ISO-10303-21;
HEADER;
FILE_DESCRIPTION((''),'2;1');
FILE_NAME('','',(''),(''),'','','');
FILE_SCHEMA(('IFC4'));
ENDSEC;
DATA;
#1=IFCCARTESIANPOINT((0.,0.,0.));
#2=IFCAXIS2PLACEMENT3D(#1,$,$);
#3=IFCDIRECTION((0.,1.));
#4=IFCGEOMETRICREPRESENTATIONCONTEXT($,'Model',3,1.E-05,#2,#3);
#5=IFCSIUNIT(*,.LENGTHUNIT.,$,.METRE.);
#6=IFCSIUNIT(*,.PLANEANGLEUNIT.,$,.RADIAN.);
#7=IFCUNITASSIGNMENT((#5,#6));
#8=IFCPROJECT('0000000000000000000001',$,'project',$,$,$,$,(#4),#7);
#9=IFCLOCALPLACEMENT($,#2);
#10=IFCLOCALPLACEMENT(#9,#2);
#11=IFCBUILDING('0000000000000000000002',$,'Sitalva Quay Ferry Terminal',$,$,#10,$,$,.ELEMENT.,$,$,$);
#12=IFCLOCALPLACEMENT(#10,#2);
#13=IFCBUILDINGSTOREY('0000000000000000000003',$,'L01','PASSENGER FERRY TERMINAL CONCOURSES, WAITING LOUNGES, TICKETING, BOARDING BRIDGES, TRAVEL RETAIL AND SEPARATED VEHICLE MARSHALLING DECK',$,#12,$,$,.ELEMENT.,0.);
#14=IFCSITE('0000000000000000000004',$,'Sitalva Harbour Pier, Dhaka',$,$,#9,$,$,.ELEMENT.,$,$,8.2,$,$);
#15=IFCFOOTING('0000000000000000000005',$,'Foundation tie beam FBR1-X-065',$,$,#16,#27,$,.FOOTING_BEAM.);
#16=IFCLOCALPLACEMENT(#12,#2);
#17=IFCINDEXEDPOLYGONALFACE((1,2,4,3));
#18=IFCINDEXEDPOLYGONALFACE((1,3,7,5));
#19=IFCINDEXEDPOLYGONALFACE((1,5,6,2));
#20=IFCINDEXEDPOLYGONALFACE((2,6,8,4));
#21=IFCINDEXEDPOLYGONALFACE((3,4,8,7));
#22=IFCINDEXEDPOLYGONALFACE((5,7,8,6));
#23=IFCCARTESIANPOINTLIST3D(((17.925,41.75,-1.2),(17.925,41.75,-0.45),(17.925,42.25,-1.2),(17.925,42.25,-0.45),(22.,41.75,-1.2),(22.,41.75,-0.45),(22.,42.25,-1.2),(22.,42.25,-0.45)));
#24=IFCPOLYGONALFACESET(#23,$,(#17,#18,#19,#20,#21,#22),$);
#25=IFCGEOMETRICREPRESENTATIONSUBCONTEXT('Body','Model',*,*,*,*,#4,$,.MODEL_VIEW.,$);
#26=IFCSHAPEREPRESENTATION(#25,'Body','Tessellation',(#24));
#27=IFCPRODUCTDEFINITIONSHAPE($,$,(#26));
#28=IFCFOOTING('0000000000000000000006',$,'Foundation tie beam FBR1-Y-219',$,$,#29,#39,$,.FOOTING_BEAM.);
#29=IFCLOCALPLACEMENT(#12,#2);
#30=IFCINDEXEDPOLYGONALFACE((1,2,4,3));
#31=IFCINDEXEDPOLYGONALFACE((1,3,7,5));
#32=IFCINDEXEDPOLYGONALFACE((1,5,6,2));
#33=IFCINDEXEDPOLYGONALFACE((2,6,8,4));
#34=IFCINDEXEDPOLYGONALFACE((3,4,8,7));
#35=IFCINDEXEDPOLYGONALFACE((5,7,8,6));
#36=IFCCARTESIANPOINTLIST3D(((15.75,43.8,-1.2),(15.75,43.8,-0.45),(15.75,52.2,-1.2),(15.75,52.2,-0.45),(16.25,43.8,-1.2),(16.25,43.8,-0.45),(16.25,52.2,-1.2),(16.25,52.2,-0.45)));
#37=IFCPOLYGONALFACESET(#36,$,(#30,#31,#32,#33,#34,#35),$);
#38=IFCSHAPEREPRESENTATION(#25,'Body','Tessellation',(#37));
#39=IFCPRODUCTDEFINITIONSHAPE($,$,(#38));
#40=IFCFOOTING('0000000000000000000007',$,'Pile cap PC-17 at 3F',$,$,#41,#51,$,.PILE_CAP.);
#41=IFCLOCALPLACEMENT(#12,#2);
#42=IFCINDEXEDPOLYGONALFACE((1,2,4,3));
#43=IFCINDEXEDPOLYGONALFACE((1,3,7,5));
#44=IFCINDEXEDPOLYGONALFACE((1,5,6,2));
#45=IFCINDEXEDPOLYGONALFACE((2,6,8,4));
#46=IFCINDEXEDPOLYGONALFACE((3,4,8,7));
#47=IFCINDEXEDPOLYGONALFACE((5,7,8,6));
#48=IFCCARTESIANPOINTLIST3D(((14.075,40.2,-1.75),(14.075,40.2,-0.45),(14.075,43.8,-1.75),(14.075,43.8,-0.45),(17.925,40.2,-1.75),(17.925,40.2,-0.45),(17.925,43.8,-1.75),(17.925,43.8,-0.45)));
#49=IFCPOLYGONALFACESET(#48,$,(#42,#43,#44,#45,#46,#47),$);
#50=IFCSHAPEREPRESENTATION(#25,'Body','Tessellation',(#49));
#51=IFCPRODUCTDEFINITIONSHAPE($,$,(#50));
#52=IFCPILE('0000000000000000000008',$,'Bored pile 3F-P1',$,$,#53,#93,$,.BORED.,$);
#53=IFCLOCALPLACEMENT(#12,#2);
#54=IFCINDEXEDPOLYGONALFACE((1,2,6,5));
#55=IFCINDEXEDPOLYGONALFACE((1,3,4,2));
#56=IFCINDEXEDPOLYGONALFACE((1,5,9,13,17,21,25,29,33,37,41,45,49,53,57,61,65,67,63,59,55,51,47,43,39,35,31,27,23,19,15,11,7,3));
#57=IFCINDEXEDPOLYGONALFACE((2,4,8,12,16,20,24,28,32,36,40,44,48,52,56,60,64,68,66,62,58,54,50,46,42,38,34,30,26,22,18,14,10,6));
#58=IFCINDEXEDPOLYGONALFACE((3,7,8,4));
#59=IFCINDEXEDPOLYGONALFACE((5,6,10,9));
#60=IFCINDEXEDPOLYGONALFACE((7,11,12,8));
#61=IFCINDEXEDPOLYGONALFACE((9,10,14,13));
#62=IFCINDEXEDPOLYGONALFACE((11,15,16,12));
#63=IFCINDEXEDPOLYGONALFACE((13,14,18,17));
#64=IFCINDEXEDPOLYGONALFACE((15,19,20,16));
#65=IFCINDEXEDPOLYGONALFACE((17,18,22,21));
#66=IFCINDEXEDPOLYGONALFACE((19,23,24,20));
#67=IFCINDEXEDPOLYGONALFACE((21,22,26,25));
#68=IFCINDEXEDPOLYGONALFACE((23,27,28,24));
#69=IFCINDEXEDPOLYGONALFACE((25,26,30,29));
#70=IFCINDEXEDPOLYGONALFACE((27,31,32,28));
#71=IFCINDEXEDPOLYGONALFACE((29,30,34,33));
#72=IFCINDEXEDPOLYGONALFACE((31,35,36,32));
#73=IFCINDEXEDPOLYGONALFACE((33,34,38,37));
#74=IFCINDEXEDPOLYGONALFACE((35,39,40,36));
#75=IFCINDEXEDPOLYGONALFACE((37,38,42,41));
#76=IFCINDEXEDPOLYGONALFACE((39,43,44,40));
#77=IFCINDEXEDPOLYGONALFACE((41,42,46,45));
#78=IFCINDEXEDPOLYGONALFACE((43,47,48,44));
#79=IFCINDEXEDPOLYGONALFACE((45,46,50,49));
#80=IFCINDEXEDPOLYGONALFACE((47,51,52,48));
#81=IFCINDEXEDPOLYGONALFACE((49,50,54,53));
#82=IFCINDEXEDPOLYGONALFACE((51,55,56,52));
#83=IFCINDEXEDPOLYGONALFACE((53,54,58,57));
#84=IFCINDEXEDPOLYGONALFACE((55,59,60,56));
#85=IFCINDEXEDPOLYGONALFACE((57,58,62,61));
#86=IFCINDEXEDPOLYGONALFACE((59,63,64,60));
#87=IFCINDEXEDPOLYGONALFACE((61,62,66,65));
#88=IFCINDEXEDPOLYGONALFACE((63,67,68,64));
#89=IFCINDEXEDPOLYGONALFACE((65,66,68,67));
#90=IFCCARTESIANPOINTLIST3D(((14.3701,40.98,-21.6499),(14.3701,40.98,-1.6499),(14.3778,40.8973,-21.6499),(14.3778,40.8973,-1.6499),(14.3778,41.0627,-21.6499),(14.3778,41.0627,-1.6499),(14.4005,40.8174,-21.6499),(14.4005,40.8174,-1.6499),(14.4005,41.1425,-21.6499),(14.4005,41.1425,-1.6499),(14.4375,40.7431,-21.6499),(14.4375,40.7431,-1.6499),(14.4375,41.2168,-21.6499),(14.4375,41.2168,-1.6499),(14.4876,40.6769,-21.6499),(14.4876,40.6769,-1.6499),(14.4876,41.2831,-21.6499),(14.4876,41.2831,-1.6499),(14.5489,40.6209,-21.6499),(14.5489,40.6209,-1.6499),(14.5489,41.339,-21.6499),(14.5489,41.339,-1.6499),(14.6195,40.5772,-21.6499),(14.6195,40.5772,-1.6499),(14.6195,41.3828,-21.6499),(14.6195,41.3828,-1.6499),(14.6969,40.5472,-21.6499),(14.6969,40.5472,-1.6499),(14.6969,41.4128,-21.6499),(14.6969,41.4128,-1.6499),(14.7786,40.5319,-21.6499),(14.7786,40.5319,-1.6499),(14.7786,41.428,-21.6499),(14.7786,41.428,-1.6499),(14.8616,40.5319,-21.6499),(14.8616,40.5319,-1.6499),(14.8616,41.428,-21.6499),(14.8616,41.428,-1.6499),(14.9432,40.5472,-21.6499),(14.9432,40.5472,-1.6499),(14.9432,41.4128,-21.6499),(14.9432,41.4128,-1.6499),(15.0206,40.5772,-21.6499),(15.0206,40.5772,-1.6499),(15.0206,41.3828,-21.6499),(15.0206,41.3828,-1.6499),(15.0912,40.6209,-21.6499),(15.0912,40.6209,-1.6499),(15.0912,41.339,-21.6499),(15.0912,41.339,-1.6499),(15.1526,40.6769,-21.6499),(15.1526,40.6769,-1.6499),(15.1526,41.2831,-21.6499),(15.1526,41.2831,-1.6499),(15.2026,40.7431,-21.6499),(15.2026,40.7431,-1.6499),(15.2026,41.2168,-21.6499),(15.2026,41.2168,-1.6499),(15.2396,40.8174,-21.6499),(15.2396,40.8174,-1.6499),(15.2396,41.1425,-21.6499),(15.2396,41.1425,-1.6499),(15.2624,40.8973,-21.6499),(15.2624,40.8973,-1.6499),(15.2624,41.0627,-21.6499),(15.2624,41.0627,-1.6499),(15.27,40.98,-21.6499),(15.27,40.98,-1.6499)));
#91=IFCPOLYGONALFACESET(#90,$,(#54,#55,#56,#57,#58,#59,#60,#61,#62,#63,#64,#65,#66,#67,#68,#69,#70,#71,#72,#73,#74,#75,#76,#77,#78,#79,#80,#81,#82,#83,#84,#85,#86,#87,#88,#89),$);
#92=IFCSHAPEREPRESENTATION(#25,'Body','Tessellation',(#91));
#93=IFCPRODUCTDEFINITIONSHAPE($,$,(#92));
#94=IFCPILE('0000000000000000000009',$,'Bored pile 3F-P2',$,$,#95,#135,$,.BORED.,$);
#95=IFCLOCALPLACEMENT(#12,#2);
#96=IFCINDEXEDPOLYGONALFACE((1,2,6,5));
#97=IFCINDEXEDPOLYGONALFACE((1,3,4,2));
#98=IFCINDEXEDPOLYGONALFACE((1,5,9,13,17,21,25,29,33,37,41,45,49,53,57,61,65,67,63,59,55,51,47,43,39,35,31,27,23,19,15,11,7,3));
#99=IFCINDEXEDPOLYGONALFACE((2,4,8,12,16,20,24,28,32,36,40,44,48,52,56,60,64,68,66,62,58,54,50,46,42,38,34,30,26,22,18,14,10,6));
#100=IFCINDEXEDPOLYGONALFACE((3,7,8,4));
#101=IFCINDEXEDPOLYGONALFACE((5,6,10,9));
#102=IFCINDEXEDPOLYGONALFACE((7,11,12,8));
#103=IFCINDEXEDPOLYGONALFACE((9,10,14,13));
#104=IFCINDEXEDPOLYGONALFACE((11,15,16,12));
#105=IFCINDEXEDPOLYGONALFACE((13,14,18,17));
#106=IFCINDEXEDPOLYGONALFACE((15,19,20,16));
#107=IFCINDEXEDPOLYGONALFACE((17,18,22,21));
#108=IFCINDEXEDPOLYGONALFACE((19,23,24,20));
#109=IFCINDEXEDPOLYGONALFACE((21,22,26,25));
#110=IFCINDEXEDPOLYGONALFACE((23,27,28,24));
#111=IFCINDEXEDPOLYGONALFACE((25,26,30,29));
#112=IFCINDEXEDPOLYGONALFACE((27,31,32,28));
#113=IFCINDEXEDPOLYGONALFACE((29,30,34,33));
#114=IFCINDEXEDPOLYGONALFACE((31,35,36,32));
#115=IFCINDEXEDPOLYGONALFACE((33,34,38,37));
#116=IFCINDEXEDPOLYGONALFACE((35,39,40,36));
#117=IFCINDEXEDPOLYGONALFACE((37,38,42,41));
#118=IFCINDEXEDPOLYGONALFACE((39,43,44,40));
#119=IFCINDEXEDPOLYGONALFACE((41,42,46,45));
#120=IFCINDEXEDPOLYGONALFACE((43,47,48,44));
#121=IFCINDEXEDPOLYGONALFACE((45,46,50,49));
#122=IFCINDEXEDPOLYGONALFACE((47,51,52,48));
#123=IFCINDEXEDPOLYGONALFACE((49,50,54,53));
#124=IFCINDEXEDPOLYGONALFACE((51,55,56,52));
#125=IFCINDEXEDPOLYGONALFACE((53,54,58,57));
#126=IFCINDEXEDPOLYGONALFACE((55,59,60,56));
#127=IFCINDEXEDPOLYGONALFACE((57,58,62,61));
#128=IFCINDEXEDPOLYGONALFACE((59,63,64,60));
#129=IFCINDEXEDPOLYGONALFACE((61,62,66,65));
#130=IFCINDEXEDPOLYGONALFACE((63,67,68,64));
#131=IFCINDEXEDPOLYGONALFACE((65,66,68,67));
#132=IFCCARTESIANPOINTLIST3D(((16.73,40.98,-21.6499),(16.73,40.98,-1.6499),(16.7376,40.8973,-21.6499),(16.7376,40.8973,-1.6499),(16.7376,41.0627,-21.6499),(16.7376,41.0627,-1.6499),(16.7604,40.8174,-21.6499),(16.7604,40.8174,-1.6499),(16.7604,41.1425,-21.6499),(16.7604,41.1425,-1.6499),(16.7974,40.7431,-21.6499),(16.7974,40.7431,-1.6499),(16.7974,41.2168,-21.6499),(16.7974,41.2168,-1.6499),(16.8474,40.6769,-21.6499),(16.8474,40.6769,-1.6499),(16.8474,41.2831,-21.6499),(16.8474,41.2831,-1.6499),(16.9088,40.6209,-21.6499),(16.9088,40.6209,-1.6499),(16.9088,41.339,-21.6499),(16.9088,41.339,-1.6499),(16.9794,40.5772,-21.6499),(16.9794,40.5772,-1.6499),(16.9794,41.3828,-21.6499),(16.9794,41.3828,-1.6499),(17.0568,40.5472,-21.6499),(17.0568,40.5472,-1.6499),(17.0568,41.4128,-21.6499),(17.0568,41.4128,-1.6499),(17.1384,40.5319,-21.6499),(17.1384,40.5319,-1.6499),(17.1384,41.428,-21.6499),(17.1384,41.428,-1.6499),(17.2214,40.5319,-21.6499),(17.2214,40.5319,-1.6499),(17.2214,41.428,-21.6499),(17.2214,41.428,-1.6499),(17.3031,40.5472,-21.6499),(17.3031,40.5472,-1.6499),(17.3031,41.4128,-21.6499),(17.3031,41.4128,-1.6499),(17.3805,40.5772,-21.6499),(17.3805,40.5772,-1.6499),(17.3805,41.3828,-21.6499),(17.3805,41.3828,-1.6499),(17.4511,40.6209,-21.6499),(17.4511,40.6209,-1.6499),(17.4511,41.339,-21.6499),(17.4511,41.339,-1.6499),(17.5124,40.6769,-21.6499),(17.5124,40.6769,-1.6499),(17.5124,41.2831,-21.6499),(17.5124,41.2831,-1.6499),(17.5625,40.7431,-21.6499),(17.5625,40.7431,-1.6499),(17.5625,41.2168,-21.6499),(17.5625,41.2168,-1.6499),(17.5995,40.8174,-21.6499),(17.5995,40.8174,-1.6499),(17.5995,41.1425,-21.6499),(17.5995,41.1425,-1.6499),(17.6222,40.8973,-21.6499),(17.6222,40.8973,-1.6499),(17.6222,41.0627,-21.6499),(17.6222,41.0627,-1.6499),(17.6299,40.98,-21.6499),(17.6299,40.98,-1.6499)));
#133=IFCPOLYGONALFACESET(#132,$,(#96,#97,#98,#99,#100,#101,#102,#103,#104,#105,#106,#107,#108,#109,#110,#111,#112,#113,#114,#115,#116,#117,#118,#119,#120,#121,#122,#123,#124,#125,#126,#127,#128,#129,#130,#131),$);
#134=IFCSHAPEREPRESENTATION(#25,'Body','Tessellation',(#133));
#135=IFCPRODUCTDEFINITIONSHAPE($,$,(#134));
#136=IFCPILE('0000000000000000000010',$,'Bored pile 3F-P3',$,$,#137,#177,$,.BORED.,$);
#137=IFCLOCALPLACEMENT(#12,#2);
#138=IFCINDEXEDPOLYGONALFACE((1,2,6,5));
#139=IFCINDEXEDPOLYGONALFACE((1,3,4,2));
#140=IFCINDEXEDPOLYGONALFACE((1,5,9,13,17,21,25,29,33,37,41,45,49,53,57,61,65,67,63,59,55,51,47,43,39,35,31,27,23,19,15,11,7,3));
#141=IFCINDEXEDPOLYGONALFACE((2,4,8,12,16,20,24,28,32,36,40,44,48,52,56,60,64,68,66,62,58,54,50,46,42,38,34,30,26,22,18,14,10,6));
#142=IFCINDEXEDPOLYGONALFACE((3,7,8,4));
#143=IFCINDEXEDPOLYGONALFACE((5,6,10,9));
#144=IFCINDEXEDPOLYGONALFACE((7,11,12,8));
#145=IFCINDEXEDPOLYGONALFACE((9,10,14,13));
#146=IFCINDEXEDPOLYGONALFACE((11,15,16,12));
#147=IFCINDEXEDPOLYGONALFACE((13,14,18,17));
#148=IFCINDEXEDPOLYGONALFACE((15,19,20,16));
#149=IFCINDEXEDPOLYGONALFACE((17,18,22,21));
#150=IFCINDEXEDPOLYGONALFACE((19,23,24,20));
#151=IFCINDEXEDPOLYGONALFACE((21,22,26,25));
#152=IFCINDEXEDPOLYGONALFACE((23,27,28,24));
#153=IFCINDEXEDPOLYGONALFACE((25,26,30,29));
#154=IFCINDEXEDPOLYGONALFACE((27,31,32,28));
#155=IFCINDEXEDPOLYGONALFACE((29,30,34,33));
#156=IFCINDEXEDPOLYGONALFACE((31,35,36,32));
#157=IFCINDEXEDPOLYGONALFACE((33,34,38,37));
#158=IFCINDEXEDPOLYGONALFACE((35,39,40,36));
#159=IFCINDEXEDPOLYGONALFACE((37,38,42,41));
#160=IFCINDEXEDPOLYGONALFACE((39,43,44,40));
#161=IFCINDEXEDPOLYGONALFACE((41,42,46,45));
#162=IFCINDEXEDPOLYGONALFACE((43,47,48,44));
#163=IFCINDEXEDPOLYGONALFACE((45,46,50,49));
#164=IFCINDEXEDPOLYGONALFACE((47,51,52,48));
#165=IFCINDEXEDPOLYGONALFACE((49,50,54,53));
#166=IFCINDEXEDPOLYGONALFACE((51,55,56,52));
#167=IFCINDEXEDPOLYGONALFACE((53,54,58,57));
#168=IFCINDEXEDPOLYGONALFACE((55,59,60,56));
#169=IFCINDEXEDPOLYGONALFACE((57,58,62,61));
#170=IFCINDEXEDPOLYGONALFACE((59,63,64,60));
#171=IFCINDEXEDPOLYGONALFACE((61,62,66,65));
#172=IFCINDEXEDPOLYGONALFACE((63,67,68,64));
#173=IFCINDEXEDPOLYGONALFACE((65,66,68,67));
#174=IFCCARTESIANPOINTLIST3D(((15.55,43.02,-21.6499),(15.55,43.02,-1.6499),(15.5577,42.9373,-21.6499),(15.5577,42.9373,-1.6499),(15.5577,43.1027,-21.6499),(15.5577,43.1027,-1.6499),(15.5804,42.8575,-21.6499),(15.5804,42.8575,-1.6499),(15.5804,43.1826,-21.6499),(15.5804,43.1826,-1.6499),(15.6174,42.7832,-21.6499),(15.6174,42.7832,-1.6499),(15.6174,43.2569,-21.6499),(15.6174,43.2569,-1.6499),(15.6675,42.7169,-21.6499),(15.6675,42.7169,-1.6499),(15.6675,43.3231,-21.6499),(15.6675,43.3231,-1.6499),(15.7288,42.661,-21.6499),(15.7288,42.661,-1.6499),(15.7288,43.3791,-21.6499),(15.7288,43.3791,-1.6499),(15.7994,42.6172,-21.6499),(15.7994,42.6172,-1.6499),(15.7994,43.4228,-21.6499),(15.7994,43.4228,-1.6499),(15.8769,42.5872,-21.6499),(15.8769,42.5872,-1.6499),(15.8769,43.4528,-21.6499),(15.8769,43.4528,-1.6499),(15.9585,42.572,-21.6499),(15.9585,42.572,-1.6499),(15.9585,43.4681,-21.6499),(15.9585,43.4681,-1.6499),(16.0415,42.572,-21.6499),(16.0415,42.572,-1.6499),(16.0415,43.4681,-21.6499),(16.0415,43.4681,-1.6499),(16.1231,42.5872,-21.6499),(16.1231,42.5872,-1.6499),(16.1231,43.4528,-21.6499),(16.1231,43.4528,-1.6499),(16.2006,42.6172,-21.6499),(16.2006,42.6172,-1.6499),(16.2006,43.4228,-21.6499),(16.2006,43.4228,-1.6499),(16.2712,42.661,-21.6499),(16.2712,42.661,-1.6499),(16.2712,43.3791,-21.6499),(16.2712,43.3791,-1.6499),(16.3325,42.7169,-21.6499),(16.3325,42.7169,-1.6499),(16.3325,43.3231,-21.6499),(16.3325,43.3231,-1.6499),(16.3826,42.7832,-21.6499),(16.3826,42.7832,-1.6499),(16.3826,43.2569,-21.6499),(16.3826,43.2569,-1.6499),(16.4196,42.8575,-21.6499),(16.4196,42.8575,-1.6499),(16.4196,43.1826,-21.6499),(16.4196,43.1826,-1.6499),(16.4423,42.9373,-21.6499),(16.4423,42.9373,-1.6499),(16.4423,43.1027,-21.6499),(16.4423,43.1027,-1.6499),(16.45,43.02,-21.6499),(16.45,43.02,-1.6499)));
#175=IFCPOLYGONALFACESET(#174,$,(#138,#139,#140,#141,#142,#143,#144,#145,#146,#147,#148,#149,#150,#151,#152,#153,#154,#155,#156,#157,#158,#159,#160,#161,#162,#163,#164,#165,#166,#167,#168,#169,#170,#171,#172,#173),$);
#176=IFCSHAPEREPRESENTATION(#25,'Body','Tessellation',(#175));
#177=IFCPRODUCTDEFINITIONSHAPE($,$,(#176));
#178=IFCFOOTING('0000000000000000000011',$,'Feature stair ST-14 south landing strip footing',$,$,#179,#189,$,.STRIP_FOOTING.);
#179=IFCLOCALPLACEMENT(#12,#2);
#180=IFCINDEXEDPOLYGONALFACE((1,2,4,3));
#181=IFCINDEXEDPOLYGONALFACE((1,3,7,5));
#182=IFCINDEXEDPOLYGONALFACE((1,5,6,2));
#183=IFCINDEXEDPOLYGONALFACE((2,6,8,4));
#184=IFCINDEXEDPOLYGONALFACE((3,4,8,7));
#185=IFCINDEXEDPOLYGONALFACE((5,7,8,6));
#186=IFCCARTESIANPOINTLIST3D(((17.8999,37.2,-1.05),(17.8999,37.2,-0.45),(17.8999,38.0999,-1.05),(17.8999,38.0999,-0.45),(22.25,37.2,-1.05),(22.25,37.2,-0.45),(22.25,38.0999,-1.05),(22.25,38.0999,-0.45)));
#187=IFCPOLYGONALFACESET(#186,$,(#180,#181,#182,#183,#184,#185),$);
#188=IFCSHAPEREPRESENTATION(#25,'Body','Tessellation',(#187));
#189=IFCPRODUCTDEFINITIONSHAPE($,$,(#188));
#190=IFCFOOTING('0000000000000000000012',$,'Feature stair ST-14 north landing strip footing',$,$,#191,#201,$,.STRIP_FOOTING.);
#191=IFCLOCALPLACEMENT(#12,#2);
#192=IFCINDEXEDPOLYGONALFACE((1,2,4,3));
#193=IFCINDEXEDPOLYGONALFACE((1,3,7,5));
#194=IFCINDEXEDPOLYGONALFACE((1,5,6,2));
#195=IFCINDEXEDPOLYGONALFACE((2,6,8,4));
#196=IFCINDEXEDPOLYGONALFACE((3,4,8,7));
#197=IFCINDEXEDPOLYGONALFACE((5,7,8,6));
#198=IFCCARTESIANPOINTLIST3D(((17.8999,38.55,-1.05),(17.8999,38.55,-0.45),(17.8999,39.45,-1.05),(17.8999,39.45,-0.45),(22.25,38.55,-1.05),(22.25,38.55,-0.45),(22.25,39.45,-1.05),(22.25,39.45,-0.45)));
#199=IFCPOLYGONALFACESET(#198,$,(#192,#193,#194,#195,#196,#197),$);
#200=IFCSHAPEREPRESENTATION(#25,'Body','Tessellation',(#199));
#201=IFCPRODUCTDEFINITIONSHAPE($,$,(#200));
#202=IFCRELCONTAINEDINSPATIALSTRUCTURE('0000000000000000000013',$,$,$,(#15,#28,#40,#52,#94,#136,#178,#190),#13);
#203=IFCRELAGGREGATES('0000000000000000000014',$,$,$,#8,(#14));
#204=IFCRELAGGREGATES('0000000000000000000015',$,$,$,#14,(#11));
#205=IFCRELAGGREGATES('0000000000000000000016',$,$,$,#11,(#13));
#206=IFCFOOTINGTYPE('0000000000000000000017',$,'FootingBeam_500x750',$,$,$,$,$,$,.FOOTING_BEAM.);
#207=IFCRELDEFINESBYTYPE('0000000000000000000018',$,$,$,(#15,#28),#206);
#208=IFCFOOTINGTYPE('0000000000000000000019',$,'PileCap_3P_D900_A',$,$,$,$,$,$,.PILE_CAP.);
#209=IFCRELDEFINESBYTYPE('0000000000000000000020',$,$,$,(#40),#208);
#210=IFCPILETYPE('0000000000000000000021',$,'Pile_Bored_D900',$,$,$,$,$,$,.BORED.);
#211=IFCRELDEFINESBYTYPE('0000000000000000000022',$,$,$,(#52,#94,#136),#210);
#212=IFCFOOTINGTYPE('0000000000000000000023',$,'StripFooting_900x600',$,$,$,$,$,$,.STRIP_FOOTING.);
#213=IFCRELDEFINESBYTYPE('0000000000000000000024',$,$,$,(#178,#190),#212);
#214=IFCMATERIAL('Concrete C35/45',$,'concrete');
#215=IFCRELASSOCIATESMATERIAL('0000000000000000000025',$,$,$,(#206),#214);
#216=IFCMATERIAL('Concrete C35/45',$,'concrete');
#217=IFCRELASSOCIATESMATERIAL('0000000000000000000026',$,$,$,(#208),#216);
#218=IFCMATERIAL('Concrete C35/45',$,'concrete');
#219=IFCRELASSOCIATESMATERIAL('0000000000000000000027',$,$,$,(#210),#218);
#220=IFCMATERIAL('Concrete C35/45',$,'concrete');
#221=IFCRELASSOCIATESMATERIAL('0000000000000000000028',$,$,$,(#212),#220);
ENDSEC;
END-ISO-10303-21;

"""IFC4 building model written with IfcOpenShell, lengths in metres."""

from ifc_helpers import new_model, si_unit, direction, frame, origin, origin_2d, place, context, subcontext, project, spatial, rectangle, circle, extrude, material, material_profile, profile_set, type_object, element, save


model = new_model("IFC4")

# Units and contexts
model_context = context("Model", 3, precision=1e-05, world=origin(), true_north=direction((0.0, 1.0)))
body_context = subcontext(model_context, "Body", "Model", "MODEL_VIEW")
ifc_project = project(units=[si_unit("LENGTHUNIT", "METRE"), si_unit("PLANEANGLEUNIT", "RADIAN")], contexts=[model_context])

# Site, building, storey
site_placement = place(None, origin())
site = spatial("IfcSite", under=ifc_project, at=site_placement, Name="Sitalva Harbour Pier, Dhaka", CompositionType="ELEMENT", RefElevation=8.2)
building_placement = place(site_placement, origin())
building = spatial("IfcBuilding", under=site, at=building_placement, Name="Sitalva Quay Ferry Terminal", CompositionType="ELEMENT")
storey_placement = place(building_placement, origin())
storey = spatial("IfcBuildingStorey", under=building, at=storey_placement, Name="L01", Description="PASSENGER FERRY TERMINAL CONCOURSES, WAITING LOUNGES, TICKETING, BOARDING BRIDGES, TRAVEL RETAIL AND SEPARATED VEHICLE MARSHALLING DECK", CompositionType="ELEMENT", Elevation=0.0)

# Footings
ifc_material_1 = material(Name="Concrete C35/45", Category="concrete")
ifc_material_profile_1 = material_profile(ifc_material_1, rectangle(XDim=0.5, YDim=0.75, at=origin_2d()), Name="RC500x750")
ifc_profile_set_1 = profile_set([ifc_material_profile_1], Name="Concrete C35/45")
footing_type_1 = type_object("IfcFootingType", Name="FootingBeam_500x750", PredefinedType="FOOTING_BEAM", material=ifc_profile_set_1)
footing_1_placement = place(storey_placement, frame((17.925, 42.0, -0.825), z_axis=(1.0, 0.0, 0.0), x_axis=(0.0, 1.0, 0.0)))
element("IfcFooting", 1, at=footing_1_placement, inside=storey, type_object=footing_type_1, Name="Foundation tie beam FBR1-X-065", PredefinedType="FOOTING_BEAM", context=body_context, shape_type="SweptSolid", body=[
    extrude(rectangle(XDim=0.5, YDim=0.75, at=origin_2d()), origin(), (0.0, 0.0, 1.0), 4.075),
])
footing_2_placement = place(storey_placement, frame((16.0, 43.8, -0.825), z_axis=(0.0, 1.0, 0.0), x_axis=(-1.0, 0.0, 0.0)))
element("IfcFooting", 2, at=footing_2_placement, inside=storey, type_object=footing_type_1, Name="Foundation tie beam FBR1-Y-219", PredefinedType="FOOTING_BEAM", context=body_context, shape_type="SweptSolid", body=[
    extrude(rectangle(XDim=0.5, YDim=0.75, at=origin_2d()), origin(), (0.0, 0.0, 1.0), 8.3999),
])
ifc_material_2 = material(Name="Concrete C35/45", Category="concrete")
footing_type_2 = type_object("IfcFootingType", Name="PileCap_3P_D900_A", PredefinedType="PILE_CAP", material=ifc_material_2)
footing_3_placement = place(storey_placement, frame((16.0, 42.0, -1.75), z_axis=(0.0, 0.0, 1.0), x_axis=(1.0, 0.0, 0.0)))
element("IfcFooting", 3, at=footing_3_placement, inside=storey, type_object=footing_type_2, Name="Pile cap PC-17 at 3F", PredefinedType="PILE_CAP", context=body_context, shape_type="SweptSolid", body=[
    extrude(rectangle(XDim=3.8501, YDim=3.6001, at=origin_2d()), origin(), (0.0, 0.0, 1.0), 1.3),
])

# Piles
ifc_material_3 = material(Name="Concrete C35/45", Category="concrete")
ifc_material_profile_2 = material_profile(ifc_material_3, circle(Radius=0.45, at=origin_2d()), Name="PILE-D900")
ifc_profile_set_2 = profile_set([ifc_material_profile_2], Name="Concrete C35/45")
pile_type = type_object("IfcPileType", Name="Pile_Bored_D900", PredefinedType="BORED", material=ifc_profile_set_2)
for number, where, z_axis, x_axis, name in (
    (4, (14.8201, 40.98, -1.6499), (0.0, 0.0, -1.0), (1.0, 0.0, 0.0), "Bored pile 3F-P1"),
    (5, (17.1799, 40.98, -1.6499), (0.0, 0.0, -1.0), (1.0, 0.0, 0.0), "Bored pile 3F-P2"),
    (6, (16.0, 43.02, -1.6499), (0.0, 0.0, -1.0), (1.0, 0.0, 0.0), "Bored pile 3F-P3"),
):
    element("IfcPile", number, at=place(storey_placement, frame(where, z_axis=z_axis, x_axis=x_axis)), inside=storey, type_object=pile_type, Name=name, PredefinedType="BORED", context=body_context, shape_type="SweptSolid", body=[
        extrude(circle(Radius=0.45, at=origin_2d()), origin(), (0.0, 0.0, 1.0), 20.0),
    ])

# Footings
ifc_material_4 = material(Name="Concrete C35/45", Category="concrete")
ifc_material_profile_3 = material_profile(ifc_material_4, rectangle(XDim=0.8999, YDim=0.6001, at=origin_2d()), Name="RC900x600")
ifc_profile_set_3 = profile_set([ifc_material_profile_3], Name="Concrete C35/45")
footing_type_3 = type_object("IfcFootingType", Name="StripFooting_900x600", PredefinedType="STRIP_FOOTING", material=ifc_profile_set_3)
for number, where, z_axis, x_axis, name in (
    (7, (17.8999, 37.6499, -0.75), (1.0, 0.0, 0.0), (0.0, 1.0, 0.0), "Feature stair ST-14 south landing strip footing"),
    (8, (17.8999, 39.0, -0.75), (1.0, 0.0, 0.0), (0.0, 1.0, 0.0), "Feature stair ST-14 north landing strip footing"),
):
    element("IfcFooting", number, at=place(storey_placement, frame(where, z_axis=z_axis, x_axis=x_axis)), inside=storey, type_object=footing_type_3, Name=name, PredefinedType="STRIP_FOOTING", context=body_context, shape_type="SweptSolid", body=[
        extrude(rectangle(XDim=0.8999, YDim=0.6001, at=origin_2d()), origin(), (0.0, 0.0, 1.0), 4.3501),
    ])

save(model, "model.ifc")
